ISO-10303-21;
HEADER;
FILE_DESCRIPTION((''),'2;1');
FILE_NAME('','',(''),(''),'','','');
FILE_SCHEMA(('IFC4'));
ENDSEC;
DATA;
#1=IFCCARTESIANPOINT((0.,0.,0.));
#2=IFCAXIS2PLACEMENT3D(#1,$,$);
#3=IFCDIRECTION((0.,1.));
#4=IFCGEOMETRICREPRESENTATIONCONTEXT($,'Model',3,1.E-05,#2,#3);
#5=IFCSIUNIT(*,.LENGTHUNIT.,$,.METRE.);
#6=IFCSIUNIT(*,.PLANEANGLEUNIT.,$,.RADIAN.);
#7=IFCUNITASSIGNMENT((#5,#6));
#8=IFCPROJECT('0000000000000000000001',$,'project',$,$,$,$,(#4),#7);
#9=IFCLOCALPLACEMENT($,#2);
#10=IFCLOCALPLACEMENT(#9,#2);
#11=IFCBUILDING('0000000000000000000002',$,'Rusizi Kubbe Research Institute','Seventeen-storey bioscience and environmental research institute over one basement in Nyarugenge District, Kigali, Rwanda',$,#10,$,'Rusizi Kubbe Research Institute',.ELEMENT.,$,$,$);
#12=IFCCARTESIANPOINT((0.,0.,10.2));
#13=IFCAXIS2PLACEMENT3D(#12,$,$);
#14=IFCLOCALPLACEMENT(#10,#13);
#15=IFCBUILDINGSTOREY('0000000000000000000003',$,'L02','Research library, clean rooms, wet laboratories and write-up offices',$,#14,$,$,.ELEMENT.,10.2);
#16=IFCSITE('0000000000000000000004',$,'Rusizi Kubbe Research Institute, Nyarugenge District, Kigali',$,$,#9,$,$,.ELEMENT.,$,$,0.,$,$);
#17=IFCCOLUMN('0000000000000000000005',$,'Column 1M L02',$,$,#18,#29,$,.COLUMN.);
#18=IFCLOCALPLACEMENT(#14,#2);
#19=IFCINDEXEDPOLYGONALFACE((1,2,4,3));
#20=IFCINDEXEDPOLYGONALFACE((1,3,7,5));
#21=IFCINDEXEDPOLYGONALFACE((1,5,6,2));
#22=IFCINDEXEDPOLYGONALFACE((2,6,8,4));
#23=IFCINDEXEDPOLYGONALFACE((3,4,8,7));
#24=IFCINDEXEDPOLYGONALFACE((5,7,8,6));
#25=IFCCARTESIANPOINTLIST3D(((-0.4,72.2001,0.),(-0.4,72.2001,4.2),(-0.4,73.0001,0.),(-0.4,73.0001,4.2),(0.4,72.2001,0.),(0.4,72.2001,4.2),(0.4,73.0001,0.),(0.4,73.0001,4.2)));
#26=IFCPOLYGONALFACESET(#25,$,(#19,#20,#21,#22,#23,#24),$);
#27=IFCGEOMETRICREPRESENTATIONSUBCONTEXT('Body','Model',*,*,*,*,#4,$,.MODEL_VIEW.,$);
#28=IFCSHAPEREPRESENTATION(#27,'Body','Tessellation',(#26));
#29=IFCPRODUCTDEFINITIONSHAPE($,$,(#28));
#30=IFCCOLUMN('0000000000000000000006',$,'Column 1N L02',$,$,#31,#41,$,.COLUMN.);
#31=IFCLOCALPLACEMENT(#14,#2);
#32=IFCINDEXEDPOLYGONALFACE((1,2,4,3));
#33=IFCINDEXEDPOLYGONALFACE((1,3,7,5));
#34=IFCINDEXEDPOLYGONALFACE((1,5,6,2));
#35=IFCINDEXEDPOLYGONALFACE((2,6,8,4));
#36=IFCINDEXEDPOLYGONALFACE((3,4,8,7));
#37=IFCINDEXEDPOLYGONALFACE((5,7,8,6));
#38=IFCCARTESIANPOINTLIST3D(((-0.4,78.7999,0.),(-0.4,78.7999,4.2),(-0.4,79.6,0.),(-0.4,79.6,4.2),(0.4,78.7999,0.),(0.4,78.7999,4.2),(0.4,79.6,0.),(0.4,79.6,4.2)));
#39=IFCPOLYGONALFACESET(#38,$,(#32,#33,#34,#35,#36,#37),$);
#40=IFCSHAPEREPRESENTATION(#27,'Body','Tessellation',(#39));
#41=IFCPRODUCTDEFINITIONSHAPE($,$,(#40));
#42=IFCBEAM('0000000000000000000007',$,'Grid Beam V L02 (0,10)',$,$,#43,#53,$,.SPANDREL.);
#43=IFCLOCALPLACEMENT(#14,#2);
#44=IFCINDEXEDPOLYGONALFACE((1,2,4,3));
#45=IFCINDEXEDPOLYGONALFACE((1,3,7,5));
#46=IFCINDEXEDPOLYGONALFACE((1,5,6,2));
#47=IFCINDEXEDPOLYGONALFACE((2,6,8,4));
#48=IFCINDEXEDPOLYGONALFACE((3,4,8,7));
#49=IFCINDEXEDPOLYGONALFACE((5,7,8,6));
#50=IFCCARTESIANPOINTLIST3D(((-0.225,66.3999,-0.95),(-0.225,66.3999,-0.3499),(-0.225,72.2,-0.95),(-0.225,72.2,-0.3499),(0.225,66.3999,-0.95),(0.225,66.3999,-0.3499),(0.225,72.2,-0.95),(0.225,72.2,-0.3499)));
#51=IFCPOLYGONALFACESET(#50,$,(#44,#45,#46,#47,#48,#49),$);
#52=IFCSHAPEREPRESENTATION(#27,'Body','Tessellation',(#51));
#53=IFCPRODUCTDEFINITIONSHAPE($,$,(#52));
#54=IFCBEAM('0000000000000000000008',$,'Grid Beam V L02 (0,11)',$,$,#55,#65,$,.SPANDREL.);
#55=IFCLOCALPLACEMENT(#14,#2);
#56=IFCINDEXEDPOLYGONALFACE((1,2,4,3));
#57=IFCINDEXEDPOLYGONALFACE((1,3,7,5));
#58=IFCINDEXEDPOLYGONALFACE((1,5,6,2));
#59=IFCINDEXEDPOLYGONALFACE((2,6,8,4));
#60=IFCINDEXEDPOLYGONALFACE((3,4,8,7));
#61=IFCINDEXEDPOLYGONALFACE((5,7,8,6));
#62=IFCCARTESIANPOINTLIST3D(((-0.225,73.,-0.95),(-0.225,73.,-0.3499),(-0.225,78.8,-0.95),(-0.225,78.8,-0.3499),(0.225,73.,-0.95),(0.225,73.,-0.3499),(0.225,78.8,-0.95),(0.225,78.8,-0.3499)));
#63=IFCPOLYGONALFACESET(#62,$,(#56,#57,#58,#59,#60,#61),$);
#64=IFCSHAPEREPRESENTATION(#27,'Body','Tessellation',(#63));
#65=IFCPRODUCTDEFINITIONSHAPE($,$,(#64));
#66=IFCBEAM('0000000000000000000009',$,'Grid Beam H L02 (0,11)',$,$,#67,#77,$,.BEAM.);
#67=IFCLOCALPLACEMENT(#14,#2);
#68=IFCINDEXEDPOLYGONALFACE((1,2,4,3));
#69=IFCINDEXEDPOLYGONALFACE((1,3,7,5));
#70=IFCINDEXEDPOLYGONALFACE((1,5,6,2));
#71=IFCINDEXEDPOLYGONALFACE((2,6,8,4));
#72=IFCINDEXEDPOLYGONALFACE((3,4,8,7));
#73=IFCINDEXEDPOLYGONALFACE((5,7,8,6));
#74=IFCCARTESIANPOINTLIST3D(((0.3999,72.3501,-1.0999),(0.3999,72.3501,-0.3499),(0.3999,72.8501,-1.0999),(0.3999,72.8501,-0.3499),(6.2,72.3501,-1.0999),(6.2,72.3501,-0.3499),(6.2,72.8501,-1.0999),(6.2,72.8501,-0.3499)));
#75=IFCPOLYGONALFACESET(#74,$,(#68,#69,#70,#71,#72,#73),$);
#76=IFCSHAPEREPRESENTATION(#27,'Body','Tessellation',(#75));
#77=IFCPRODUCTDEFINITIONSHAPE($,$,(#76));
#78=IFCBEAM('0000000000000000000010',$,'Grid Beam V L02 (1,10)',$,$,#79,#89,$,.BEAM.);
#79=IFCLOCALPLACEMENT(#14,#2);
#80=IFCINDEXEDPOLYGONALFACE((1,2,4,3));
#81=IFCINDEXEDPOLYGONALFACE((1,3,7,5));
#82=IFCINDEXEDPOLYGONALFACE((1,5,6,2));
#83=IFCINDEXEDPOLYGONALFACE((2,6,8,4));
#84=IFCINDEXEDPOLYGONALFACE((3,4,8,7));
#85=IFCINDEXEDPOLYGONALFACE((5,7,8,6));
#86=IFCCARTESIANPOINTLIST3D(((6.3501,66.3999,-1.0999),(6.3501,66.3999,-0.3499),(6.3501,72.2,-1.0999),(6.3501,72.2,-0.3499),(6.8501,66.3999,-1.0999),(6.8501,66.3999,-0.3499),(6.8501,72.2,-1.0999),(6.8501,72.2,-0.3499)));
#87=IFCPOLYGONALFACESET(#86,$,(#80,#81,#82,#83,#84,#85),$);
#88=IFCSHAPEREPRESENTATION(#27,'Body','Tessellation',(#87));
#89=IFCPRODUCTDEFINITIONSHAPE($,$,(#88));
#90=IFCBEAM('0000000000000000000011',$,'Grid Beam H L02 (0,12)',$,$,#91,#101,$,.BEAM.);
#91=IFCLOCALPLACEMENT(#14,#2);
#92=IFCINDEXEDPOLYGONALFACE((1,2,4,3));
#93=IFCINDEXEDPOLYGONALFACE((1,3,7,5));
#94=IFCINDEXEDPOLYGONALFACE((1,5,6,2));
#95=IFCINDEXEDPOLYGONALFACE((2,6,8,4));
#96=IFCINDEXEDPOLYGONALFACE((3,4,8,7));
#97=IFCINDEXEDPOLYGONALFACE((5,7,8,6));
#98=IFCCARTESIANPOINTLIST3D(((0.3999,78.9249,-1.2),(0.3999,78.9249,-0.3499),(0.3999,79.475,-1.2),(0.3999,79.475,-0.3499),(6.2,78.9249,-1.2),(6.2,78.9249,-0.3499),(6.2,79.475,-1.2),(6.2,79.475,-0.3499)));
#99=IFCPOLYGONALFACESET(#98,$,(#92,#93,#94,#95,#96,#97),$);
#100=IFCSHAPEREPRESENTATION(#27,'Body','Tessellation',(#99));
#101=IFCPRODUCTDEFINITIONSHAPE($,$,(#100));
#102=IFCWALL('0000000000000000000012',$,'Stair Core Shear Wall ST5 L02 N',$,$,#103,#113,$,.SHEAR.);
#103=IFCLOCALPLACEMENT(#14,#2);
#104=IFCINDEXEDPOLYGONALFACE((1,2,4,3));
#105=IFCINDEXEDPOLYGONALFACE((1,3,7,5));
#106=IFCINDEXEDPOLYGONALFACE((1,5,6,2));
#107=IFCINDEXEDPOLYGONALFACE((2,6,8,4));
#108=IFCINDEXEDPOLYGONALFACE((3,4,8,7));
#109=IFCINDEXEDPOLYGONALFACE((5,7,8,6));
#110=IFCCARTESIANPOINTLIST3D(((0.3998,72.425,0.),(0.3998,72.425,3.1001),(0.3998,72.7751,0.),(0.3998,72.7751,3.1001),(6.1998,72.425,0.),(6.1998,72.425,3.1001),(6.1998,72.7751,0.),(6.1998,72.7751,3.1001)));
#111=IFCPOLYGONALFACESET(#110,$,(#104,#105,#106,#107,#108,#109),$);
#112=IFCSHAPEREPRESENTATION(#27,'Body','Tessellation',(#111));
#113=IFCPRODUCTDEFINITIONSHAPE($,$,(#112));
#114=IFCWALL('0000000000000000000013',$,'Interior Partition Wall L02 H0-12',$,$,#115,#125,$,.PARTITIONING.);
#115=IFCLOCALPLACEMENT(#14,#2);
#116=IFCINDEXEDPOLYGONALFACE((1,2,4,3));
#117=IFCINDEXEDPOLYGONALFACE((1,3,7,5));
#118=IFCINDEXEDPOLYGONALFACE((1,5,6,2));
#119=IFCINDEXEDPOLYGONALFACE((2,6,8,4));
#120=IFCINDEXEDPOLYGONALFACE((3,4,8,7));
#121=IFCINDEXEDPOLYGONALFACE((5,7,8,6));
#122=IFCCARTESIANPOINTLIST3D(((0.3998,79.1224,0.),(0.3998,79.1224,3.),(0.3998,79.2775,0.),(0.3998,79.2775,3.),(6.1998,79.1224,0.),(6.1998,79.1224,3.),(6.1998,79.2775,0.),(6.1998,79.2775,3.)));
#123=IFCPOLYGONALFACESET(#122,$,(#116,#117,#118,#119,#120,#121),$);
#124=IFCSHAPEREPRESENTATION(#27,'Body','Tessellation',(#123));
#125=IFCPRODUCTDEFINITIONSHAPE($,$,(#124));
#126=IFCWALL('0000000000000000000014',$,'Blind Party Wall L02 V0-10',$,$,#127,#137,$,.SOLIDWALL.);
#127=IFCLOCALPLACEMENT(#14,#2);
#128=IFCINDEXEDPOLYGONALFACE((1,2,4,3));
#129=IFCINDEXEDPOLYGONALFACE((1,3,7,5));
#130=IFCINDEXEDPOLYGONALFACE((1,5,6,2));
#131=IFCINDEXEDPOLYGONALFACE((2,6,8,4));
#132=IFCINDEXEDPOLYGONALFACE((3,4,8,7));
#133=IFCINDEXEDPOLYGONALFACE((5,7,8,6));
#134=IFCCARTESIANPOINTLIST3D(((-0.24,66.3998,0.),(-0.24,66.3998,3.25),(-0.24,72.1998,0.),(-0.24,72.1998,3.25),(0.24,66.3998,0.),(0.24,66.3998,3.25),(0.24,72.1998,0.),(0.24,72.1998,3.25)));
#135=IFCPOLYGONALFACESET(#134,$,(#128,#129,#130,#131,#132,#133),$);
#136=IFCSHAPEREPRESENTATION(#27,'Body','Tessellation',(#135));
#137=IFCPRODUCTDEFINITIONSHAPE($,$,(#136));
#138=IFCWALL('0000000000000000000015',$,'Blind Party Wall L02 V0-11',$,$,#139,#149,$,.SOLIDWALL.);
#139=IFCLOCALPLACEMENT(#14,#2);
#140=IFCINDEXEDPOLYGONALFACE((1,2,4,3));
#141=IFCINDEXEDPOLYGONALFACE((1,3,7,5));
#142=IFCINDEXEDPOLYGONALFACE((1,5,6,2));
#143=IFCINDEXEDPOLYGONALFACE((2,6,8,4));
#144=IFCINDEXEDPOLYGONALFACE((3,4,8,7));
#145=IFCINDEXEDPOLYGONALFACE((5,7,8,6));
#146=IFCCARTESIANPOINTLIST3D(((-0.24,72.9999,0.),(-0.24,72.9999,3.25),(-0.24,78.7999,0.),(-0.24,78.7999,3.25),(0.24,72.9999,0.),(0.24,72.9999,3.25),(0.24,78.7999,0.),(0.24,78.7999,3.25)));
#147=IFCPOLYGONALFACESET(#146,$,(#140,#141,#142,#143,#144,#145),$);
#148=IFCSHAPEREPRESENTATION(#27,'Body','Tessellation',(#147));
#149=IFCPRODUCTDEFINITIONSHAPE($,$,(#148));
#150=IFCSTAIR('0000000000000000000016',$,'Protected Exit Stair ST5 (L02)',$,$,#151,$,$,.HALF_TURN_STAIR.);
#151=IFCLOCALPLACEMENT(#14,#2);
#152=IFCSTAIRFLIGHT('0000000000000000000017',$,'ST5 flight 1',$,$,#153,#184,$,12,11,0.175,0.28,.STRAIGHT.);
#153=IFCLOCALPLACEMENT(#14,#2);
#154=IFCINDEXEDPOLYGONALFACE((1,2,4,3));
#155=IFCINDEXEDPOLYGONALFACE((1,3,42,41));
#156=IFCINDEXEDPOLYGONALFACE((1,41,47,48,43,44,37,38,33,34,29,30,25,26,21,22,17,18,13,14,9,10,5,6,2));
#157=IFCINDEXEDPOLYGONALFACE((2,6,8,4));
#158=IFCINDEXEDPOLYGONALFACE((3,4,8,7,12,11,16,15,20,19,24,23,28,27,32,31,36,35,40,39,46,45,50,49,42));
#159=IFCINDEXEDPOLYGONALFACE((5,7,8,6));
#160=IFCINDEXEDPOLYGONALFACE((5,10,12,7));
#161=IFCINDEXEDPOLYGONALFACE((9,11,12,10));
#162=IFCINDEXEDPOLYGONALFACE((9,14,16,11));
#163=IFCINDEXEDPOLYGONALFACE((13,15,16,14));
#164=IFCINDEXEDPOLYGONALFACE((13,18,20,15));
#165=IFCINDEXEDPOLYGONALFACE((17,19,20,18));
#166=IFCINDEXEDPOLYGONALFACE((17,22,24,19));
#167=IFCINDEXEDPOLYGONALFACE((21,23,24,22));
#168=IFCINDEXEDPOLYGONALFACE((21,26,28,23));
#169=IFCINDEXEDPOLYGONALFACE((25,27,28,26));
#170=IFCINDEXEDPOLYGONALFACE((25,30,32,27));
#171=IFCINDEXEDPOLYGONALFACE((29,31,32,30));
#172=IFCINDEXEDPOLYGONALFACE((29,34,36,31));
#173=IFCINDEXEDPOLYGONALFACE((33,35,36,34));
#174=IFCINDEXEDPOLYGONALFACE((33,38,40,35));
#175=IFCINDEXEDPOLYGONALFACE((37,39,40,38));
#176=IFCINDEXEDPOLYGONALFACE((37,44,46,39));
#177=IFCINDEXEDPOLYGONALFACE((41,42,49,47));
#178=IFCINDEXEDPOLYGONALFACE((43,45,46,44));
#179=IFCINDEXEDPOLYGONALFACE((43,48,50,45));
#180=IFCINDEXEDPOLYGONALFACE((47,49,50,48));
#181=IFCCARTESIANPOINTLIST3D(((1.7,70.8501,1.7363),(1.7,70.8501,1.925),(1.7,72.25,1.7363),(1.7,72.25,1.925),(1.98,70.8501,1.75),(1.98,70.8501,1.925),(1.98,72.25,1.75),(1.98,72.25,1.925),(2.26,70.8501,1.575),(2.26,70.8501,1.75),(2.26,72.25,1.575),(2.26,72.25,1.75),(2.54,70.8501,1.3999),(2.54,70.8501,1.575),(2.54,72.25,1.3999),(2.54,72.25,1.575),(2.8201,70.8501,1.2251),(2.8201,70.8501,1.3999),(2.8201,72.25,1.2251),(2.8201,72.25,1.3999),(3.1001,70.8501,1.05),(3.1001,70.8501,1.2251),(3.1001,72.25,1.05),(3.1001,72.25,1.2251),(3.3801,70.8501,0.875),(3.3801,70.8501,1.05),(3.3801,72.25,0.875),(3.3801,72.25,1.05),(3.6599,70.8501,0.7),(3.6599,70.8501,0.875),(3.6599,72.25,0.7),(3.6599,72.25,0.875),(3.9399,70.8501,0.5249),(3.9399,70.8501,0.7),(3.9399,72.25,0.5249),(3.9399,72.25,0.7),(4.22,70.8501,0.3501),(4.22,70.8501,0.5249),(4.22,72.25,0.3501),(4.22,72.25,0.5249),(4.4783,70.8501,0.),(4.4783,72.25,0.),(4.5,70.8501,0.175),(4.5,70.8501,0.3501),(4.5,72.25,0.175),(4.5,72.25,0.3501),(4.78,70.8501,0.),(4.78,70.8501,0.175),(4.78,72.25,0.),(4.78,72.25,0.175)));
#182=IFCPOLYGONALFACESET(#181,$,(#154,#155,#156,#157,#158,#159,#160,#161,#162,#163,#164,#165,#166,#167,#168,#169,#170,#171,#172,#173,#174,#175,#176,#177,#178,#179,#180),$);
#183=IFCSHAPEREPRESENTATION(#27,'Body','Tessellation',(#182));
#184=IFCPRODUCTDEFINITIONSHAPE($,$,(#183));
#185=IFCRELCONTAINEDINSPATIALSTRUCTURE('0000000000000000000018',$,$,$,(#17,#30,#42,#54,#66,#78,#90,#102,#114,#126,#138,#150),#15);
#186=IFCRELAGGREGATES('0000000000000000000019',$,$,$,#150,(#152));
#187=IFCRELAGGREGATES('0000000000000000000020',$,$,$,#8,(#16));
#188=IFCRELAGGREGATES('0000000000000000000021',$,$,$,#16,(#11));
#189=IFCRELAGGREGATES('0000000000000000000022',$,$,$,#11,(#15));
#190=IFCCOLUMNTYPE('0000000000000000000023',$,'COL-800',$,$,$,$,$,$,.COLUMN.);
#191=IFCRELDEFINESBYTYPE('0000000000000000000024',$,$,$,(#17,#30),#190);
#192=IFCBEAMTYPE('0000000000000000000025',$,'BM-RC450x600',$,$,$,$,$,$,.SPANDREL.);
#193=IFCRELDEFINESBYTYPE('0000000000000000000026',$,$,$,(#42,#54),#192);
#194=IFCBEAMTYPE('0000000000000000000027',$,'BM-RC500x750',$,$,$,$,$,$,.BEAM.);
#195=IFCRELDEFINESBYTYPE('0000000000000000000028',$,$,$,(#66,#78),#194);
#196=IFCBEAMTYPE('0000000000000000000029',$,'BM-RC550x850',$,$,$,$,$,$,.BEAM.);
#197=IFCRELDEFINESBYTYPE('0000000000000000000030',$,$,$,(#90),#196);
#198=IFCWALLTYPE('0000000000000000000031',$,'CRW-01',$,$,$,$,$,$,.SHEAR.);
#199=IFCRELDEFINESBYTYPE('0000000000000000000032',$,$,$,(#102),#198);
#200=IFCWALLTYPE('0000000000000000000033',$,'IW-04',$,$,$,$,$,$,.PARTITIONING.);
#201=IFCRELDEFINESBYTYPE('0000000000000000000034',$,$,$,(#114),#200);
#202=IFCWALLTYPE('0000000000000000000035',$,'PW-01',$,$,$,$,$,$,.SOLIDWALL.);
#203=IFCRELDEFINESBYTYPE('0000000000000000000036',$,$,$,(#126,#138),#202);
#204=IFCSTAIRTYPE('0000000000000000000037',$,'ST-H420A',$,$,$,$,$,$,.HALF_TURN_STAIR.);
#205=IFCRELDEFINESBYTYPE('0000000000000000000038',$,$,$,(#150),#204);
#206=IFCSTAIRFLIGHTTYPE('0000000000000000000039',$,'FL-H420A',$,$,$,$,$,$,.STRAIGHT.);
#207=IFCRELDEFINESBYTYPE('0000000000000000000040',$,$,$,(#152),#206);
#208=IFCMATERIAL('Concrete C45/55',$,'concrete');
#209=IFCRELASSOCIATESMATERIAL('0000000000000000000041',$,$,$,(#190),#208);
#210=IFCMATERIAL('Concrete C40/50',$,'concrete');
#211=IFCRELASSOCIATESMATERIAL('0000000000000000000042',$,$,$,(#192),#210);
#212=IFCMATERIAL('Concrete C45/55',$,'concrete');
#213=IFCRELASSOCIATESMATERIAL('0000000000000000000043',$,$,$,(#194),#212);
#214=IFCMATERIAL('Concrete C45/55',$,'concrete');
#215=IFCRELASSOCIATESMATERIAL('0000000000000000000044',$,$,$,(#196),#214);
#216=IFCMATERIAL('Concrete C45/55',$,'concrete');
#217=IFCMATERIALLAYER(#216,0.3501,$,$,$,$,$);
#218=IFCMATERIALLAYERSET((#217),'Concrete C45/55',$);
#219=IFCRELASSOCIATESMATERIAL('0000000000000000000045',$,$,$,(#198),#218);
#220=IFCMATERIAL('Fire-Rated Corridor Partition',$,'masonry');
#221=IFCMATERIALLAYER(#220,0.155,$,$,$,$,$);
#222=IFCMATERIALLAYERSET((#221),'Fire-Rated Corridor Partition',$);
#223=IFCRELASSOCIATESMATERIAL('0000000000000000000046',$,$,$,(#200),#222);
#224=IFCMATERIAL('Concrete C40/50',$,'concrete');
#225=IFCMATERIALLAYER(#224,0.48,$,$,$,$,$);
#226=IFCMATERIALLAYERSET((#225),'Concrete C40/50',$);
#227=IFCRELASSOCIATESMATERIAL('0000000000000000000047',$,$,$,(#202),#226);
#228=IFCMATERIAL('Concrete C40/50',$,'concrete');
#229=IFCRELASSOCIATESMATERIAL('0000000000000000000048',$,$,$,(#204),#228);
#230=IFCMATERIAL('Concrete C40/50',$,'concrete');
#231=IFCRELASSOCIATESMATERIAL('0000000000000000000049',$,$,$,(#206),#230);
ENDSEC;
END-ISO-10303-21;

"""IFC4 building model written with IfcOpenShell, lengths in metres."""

from ifc_helpers import new_model, si_unit, direction, frame, frame_2d, origin, origin_2d, place, context, subcontext, project, spatial, polyline, rectangle, outline, extrude, material, layer, layer_set, material_profile, profile_set, type_object, element, aggregate, save


model = new_model("IFC4")

# Units and contexts
model_context = context("Model", 3, precision=1e-05, world=origin(), true_north=direction((0.0, 1.0)))
body_context = subcontext(model_context, "Body", "Model", "MODEL_VIEW")
ifc_project = project(units=[si_unit("LENGTHUNIT", "METRE"), si_unit("PLANEANGLEUNIT", "RADIAN")], contexts=[model_context])

# Site, building, storey
site_placement = place(None, origin())
site = spatial("IfcSite", under=ifc_project, at=site_placement, Name="Rusizi Kubbe Research Institute, Nyarugenge District, Kigali", CompositionType="ELEMENT", RefElevation=0.0)
building_placement = place(site_placement, origin())
building = spatial("IfcBuilding", under=site, at=building_placement, Name="Rusizi Kubbe Research Institute", Description="Seventeen-storey bioscience and environmental research institute over one basement in Nyarugenge District, Kigali, Rwanda", LongName="Rusizi Kubbe Research Institute", CompositionType="ELEMENT")
storey_placement = place(building_placement, frame((0.0, 0.0, 10.2)))
storey = spatial("IfcBuildingStorey", under=building, at=storey_placement, Name="L02", Description="Research library, clean rooms, wet laboratories and write-up offices", CompositionType="ELEMENT", Elevation=10.2)

# Columns
ifc_material_1 = material(Name="Concrete C45/55", Category="concrete")
ifc_material_profile_1 = material_profile(ifc_material_1, rectangle(XDim=0.8, YDim=0.8, at=origin_2d()), Name="RC800x800")
ifc_profile_set_1 = profile_set([ifc_material_profile_1], Name="Concrete C45/55")
column_type = type_object("IfcColumnType", Name="COL-800", PredefinedType="COLUMN", material=ifc_profile_set_1)
for number, where, z_axis, x_axis, name in (
    (1, (0.0, 72.6001, 0.0), (0.0, 0.0, 1.0), (1.0, 0.0, 0.0), "Column 1M L02"),
    (2, (0.0, 79.2, 0.0), (0.0, 0.0, 1.0), (1.0, 0.0, 0.0), "Column 1N L02"),
):
    element("IfcColumn", number, at=place(storey_placement, frame(where, z_axis=z_axis, x_axis=x_axis)), inside=storey, type_object=column_type, Name=name, PredefinedType="COLUMN", context=body_context, shape_type="SweptSolid", body=[
        extrude(rectangle(XDim=0.8, YDim=0.8, at=origin_2d()), origin(), (0.0, 0.0, 1.0), 4.2),
    ])

# Beams
ifc_material_2 = material(Name="Concrete C40/50", Category="concrete")
ifc_material_profile_2 = material_profile(ifc_material_2, rectangle(XDim=0.45, YDim=0.6001, at=origin_2d()), Name="RC450x600")
ifc_profile_set_2 = profile_set([ifc_material_profile_2], Name="Concrete C40/50")
beam_type_1 = type_object("IfcBeamType", Name="BM-RC450x600", PredefinedType="SPANDREL", material=ifc_profile_set_2)
for number, where, z_axis, x_axis, name in (
    (3, (0.0, 66.3999, -0.6499), (0.0, 1.0, 0.0), (-1.0, 0.0, 0.0), "Grid Beam V L02 (0,10)"),
    (4, (0.0, 73.0, -0.6499), (0.0, 1.0, 0.0), (-1.0, 0.0, 0.0), "Grid Beam V L02 (0,11)"),
):
    element("IfcBeam", number, at=place(storey_placement, frame(where, z_axis=z_axis, x_axis=x_axis)), inside=storey, type_object=beam_type_1, Name=name, PredefinedType="SPANDREL", context=body_context, shape_type="SweptSolid", body=[
        extrude(rectangle(XDim=0.45, YDim=0.6001, at=origin_2d()), origin(), (0.0, 0.0, 1.0), 5.8),
    ])
ifc_material_3 = material(Name="Concrete C45/55", Category="concrete")
ifc_material_profile_3 = material_profile(ifc_material_3, rectangle(XDim=0.5, YDim=0.75, at=origin_2d()), Name="RC500x750B")
ifc_profile_set_3 = profile_set([ifc_material_profile_3], Name="Concrete C45/55")
beam_type_2 = type_object("IfcBeamType", Name="BM-RC500x750", PredefinedType="BEAM", material=ifc_profile_set_3)
for number, where, z_axis, x_axis, name in (
    (5, (0.3999, 72.6001, -0.7249), (1.0, 0.0, 0.0), (0.0, 1.0, 0.0), "Grid Beam H L02 (0,11)"),
    (6, (6.6001, 66.3999, -0.7249), (0.0, 1.0, 0.0), (-1.0, 0.0, 0.0), "Grid Beam V L02 (1,10)"),
):
    element("IfcBeam", number, at=place(storey_placement, frame(where, z_axis=z_axis, x_axis=x_axis)), inside=storey, type_object=beam_type_2, Name=name, PredefinedType="BEAM", context=body_context, shape_type="SweptSolid", body=[
        extrude(rectangle(XDim=0.5, YDim=0.75, at=origin_2d()), origin(), (0.0, 0.0, 1.0), 5.8),
    ])
ifc_material_4 = material(Name="Concrete C45/55", Category="concrete")
ifc_material_profile_4 = material_profile(ifc_material_4, rectangle(XDim=0.55, YDim=0.8501, at=origin_2d()), Name="RC550x850")
ifc_profile_set_4 = profile_set([ifc_material_profile_4], Name="Concrete C45/55")
beam_type_3 = type_object("IfcBeamType", Name="BM-RC550x850", PredefinedType="BEAM", material=ifc_profile_set_4)
beam_placement = place(storey_placement, frame((0.3999, 79.2, -0.7749), z_axis=(1.0, 0.0, 0.0), x_axis=(0.0, 1.0, 0.0)))
element("IfcBeam", 7, at=beam_placement, inside=storey, type_object=beam_type_3, Name="Grid Beam H L02 (0,12)", PredefinedType="BEAM", context=body_context, shape_type="SweptSolid", body=[
    extrude(rectangle(XDim=0.55, YDim=0.8501, at=origin_2d()), origin(), (0.0, 0.0, 1.0), 5.8),
])

# Walls
ifc_material_5 = material(Name="Concrete C45/55", Category="concrete")
ifc_layer_1 = layer(ifc_material_5, 0.3501)
ifc_layer_set_1 = layer_set([ifc_layer_1], Name="Concrete C45/55")
wall_type_1 = type_object("IfcWallType", Name="CRW-01", PredefinedType="SHEAR", material=ifc_layer_set_1)
wall_1_placement = place(storey_placement, frame((0.3999, 72.6001, 0.0), z_axis=(0.0, 0.0, 1.0), x_axis=(1.0, 0.0, 0.0)))
element("IfcWall", 8, at=wall_1_placement, inside=storey, type_object=wall_type_1, Name="Stair Core Shear Wall ST5 L02 N", PredefinedType="SHEAR", context=body_context, shape_type="SweptSolid", body=[
    extrude(rectangle(XDim=5.8, YDim=0.3501, at=frame_2d((2.8999, 0.0))), origin(), (0.0, 0.0, 1.0), 3.1001),
])
ifc_material_6 = material(Name="Fire-Rated Corridor Partition", Category="masonry")
ifc_layer_2 = layer(ifc_material_6, 0.155)
ifc_layer_set_2 = layer_set([ifc_layer_2], Name="Fire-Rated Corridor Partition")
wall_type_2 = type_object("IfcWallType", Name="IW-04", PredefinedType="PARTITIONING", material=ifc_layer_set_2)
wall_2_placement = place(storey_placement, frame((0.3999, 79.2, 0.0), z_axis=(0.0, 0.0, 1.0), x_axis=(1.0, 0.0, 0.0)))
element("IfcWall", 9, at=wall_2_placement, inside=storey, type_object=wall_type_2, Name="Interior Partition Wall L02 H0-12", PredefinedType="PARTITIONING", context=body_context, shape_type="SweptSolid", body=[
    extrude(rectangle(XDim=5.8, YDim=0.155, at=frame_2d((2.8999, 0.0))), origin(), (0.0, 0.0, 1.0), 3.0),
])
ifc_material_7 = material(Name="Concrete C40/50", Category="concrete")
ifc_layer_3 = layer(ifc_material_7, 0.48)
ifc_layer_set_3 = layer_set([ifc_layer_3], Name="Concrete C40/50")
wall_type_3 = type_object("IfcWallType", Name="PW-01", PredefinedType="SOLIDWALL", material=ifc_layer_set_3)
for number, where, z_axis, x_axis, name in (
    (10, (0.0, 66.3999, 0.0), (0.0, 0.0, 1.0), (0.0, 1.0, 0.0), "Blind Party Wall L02 V0-10"),
    (11, (0.0, 73.0, 0.0), (0.0, 0.0, 1.0), (0.0, 1.0, 0.0), "Blind Party Wall L02 V0-11"),
):
    element("IfcWall", number, at=place(storey_placement, frame(where, z_axis=z_axis, x_axis=x_axis)), inside=storey, type_object=wall_type_3, Name=name, PredefinedType="SOLIDWALL", context=body_context, shape_type="SweptSolid", body=[
        extrude(rectangle(XDim=5.8, YDim=0.48, at=frame_2d((2.8999, 0.0))), origin(), (0.0, 0.0, 1.0), 3.25),
    ])

# Stair, stair flight
ifc_material_8 = material(Name="Concrete C40/50", Category="concrete")
stair_type = type_object("IfcStairType", Name="ST-H420A", PredefinedType="HALF_TURN_STAIR", material=ifc_material_8)
stair_placement = place(storey_placement, origin())
stair = element("IfcStair", 12, at=stair_placement, inside=storey, type_object=stair_type, Name="Protected Exit Stair ST5 (L02)", PredefinedType="HALF_TURN_STAIR")
ifc_material_9 = material(Name="Concrete C40/50", Category="concrete")
stair_flight_type = type_object("IfcStairFlightType", Name="FL-H420A", PredefinedType="STRAIGHT", material=ifc_material_9)
stair_flight_1_placement = place(storey_placement, frame((4.78, 71.55, 0.0), z_axis=(0.0, 0.0, 1.0), x_axis=(-1.0, 0.0, 0.0)))
stair_flight_1 = element("IfcStairFlight", 13, at=stair_flight_1_placement, type_object=stair_flight_type, Name="ST5 flight 1", NumberOfRisers=12, NumberOfTreads=11, PredefinedType="STRAIGHT", RiserHeight=0.175, TreadLength=0.28, context=body_context, shape_type="SweptSolid", body=[
    extrude(outline(polyline([(0.0, 0.0), (0.0, 0.175), (0.28, 0.175), (0.28, 0.3501), (0.5601, 0.3501), (0.5601, 0.5249), (0.8401, 0.5249), (0.8401, 0.7), (1.1201, 0.7), (1.1201, 0.875), (1.3999, 0.875), (1.3999, 1.05), (1.6799, 1.05), (1.6799, 1.2251), (1.96, 1.2251), (1.96, 1.3999), (2.24, 1.3999), (2.24, 1.575), (2.52, 1.575), (2.52, 1.75), (2.8, 1.75), (2.8, 1.925), (3.0801, 1.925), (3.0801, 2.1001), (3.0801, 1.7363), (0.3018, 0.0), (0.0, 0.0)])), frame((0.0, 0.7, 0.0), z_axis=(0.0, -1.0, 0.0), x_axis=(1.0, 0.0, 0.0)), (0.0, 0.0, 1.0), 1.3999),
])
aggregate(stair, [stair_flight_1])

save(model, "model.ifc")
